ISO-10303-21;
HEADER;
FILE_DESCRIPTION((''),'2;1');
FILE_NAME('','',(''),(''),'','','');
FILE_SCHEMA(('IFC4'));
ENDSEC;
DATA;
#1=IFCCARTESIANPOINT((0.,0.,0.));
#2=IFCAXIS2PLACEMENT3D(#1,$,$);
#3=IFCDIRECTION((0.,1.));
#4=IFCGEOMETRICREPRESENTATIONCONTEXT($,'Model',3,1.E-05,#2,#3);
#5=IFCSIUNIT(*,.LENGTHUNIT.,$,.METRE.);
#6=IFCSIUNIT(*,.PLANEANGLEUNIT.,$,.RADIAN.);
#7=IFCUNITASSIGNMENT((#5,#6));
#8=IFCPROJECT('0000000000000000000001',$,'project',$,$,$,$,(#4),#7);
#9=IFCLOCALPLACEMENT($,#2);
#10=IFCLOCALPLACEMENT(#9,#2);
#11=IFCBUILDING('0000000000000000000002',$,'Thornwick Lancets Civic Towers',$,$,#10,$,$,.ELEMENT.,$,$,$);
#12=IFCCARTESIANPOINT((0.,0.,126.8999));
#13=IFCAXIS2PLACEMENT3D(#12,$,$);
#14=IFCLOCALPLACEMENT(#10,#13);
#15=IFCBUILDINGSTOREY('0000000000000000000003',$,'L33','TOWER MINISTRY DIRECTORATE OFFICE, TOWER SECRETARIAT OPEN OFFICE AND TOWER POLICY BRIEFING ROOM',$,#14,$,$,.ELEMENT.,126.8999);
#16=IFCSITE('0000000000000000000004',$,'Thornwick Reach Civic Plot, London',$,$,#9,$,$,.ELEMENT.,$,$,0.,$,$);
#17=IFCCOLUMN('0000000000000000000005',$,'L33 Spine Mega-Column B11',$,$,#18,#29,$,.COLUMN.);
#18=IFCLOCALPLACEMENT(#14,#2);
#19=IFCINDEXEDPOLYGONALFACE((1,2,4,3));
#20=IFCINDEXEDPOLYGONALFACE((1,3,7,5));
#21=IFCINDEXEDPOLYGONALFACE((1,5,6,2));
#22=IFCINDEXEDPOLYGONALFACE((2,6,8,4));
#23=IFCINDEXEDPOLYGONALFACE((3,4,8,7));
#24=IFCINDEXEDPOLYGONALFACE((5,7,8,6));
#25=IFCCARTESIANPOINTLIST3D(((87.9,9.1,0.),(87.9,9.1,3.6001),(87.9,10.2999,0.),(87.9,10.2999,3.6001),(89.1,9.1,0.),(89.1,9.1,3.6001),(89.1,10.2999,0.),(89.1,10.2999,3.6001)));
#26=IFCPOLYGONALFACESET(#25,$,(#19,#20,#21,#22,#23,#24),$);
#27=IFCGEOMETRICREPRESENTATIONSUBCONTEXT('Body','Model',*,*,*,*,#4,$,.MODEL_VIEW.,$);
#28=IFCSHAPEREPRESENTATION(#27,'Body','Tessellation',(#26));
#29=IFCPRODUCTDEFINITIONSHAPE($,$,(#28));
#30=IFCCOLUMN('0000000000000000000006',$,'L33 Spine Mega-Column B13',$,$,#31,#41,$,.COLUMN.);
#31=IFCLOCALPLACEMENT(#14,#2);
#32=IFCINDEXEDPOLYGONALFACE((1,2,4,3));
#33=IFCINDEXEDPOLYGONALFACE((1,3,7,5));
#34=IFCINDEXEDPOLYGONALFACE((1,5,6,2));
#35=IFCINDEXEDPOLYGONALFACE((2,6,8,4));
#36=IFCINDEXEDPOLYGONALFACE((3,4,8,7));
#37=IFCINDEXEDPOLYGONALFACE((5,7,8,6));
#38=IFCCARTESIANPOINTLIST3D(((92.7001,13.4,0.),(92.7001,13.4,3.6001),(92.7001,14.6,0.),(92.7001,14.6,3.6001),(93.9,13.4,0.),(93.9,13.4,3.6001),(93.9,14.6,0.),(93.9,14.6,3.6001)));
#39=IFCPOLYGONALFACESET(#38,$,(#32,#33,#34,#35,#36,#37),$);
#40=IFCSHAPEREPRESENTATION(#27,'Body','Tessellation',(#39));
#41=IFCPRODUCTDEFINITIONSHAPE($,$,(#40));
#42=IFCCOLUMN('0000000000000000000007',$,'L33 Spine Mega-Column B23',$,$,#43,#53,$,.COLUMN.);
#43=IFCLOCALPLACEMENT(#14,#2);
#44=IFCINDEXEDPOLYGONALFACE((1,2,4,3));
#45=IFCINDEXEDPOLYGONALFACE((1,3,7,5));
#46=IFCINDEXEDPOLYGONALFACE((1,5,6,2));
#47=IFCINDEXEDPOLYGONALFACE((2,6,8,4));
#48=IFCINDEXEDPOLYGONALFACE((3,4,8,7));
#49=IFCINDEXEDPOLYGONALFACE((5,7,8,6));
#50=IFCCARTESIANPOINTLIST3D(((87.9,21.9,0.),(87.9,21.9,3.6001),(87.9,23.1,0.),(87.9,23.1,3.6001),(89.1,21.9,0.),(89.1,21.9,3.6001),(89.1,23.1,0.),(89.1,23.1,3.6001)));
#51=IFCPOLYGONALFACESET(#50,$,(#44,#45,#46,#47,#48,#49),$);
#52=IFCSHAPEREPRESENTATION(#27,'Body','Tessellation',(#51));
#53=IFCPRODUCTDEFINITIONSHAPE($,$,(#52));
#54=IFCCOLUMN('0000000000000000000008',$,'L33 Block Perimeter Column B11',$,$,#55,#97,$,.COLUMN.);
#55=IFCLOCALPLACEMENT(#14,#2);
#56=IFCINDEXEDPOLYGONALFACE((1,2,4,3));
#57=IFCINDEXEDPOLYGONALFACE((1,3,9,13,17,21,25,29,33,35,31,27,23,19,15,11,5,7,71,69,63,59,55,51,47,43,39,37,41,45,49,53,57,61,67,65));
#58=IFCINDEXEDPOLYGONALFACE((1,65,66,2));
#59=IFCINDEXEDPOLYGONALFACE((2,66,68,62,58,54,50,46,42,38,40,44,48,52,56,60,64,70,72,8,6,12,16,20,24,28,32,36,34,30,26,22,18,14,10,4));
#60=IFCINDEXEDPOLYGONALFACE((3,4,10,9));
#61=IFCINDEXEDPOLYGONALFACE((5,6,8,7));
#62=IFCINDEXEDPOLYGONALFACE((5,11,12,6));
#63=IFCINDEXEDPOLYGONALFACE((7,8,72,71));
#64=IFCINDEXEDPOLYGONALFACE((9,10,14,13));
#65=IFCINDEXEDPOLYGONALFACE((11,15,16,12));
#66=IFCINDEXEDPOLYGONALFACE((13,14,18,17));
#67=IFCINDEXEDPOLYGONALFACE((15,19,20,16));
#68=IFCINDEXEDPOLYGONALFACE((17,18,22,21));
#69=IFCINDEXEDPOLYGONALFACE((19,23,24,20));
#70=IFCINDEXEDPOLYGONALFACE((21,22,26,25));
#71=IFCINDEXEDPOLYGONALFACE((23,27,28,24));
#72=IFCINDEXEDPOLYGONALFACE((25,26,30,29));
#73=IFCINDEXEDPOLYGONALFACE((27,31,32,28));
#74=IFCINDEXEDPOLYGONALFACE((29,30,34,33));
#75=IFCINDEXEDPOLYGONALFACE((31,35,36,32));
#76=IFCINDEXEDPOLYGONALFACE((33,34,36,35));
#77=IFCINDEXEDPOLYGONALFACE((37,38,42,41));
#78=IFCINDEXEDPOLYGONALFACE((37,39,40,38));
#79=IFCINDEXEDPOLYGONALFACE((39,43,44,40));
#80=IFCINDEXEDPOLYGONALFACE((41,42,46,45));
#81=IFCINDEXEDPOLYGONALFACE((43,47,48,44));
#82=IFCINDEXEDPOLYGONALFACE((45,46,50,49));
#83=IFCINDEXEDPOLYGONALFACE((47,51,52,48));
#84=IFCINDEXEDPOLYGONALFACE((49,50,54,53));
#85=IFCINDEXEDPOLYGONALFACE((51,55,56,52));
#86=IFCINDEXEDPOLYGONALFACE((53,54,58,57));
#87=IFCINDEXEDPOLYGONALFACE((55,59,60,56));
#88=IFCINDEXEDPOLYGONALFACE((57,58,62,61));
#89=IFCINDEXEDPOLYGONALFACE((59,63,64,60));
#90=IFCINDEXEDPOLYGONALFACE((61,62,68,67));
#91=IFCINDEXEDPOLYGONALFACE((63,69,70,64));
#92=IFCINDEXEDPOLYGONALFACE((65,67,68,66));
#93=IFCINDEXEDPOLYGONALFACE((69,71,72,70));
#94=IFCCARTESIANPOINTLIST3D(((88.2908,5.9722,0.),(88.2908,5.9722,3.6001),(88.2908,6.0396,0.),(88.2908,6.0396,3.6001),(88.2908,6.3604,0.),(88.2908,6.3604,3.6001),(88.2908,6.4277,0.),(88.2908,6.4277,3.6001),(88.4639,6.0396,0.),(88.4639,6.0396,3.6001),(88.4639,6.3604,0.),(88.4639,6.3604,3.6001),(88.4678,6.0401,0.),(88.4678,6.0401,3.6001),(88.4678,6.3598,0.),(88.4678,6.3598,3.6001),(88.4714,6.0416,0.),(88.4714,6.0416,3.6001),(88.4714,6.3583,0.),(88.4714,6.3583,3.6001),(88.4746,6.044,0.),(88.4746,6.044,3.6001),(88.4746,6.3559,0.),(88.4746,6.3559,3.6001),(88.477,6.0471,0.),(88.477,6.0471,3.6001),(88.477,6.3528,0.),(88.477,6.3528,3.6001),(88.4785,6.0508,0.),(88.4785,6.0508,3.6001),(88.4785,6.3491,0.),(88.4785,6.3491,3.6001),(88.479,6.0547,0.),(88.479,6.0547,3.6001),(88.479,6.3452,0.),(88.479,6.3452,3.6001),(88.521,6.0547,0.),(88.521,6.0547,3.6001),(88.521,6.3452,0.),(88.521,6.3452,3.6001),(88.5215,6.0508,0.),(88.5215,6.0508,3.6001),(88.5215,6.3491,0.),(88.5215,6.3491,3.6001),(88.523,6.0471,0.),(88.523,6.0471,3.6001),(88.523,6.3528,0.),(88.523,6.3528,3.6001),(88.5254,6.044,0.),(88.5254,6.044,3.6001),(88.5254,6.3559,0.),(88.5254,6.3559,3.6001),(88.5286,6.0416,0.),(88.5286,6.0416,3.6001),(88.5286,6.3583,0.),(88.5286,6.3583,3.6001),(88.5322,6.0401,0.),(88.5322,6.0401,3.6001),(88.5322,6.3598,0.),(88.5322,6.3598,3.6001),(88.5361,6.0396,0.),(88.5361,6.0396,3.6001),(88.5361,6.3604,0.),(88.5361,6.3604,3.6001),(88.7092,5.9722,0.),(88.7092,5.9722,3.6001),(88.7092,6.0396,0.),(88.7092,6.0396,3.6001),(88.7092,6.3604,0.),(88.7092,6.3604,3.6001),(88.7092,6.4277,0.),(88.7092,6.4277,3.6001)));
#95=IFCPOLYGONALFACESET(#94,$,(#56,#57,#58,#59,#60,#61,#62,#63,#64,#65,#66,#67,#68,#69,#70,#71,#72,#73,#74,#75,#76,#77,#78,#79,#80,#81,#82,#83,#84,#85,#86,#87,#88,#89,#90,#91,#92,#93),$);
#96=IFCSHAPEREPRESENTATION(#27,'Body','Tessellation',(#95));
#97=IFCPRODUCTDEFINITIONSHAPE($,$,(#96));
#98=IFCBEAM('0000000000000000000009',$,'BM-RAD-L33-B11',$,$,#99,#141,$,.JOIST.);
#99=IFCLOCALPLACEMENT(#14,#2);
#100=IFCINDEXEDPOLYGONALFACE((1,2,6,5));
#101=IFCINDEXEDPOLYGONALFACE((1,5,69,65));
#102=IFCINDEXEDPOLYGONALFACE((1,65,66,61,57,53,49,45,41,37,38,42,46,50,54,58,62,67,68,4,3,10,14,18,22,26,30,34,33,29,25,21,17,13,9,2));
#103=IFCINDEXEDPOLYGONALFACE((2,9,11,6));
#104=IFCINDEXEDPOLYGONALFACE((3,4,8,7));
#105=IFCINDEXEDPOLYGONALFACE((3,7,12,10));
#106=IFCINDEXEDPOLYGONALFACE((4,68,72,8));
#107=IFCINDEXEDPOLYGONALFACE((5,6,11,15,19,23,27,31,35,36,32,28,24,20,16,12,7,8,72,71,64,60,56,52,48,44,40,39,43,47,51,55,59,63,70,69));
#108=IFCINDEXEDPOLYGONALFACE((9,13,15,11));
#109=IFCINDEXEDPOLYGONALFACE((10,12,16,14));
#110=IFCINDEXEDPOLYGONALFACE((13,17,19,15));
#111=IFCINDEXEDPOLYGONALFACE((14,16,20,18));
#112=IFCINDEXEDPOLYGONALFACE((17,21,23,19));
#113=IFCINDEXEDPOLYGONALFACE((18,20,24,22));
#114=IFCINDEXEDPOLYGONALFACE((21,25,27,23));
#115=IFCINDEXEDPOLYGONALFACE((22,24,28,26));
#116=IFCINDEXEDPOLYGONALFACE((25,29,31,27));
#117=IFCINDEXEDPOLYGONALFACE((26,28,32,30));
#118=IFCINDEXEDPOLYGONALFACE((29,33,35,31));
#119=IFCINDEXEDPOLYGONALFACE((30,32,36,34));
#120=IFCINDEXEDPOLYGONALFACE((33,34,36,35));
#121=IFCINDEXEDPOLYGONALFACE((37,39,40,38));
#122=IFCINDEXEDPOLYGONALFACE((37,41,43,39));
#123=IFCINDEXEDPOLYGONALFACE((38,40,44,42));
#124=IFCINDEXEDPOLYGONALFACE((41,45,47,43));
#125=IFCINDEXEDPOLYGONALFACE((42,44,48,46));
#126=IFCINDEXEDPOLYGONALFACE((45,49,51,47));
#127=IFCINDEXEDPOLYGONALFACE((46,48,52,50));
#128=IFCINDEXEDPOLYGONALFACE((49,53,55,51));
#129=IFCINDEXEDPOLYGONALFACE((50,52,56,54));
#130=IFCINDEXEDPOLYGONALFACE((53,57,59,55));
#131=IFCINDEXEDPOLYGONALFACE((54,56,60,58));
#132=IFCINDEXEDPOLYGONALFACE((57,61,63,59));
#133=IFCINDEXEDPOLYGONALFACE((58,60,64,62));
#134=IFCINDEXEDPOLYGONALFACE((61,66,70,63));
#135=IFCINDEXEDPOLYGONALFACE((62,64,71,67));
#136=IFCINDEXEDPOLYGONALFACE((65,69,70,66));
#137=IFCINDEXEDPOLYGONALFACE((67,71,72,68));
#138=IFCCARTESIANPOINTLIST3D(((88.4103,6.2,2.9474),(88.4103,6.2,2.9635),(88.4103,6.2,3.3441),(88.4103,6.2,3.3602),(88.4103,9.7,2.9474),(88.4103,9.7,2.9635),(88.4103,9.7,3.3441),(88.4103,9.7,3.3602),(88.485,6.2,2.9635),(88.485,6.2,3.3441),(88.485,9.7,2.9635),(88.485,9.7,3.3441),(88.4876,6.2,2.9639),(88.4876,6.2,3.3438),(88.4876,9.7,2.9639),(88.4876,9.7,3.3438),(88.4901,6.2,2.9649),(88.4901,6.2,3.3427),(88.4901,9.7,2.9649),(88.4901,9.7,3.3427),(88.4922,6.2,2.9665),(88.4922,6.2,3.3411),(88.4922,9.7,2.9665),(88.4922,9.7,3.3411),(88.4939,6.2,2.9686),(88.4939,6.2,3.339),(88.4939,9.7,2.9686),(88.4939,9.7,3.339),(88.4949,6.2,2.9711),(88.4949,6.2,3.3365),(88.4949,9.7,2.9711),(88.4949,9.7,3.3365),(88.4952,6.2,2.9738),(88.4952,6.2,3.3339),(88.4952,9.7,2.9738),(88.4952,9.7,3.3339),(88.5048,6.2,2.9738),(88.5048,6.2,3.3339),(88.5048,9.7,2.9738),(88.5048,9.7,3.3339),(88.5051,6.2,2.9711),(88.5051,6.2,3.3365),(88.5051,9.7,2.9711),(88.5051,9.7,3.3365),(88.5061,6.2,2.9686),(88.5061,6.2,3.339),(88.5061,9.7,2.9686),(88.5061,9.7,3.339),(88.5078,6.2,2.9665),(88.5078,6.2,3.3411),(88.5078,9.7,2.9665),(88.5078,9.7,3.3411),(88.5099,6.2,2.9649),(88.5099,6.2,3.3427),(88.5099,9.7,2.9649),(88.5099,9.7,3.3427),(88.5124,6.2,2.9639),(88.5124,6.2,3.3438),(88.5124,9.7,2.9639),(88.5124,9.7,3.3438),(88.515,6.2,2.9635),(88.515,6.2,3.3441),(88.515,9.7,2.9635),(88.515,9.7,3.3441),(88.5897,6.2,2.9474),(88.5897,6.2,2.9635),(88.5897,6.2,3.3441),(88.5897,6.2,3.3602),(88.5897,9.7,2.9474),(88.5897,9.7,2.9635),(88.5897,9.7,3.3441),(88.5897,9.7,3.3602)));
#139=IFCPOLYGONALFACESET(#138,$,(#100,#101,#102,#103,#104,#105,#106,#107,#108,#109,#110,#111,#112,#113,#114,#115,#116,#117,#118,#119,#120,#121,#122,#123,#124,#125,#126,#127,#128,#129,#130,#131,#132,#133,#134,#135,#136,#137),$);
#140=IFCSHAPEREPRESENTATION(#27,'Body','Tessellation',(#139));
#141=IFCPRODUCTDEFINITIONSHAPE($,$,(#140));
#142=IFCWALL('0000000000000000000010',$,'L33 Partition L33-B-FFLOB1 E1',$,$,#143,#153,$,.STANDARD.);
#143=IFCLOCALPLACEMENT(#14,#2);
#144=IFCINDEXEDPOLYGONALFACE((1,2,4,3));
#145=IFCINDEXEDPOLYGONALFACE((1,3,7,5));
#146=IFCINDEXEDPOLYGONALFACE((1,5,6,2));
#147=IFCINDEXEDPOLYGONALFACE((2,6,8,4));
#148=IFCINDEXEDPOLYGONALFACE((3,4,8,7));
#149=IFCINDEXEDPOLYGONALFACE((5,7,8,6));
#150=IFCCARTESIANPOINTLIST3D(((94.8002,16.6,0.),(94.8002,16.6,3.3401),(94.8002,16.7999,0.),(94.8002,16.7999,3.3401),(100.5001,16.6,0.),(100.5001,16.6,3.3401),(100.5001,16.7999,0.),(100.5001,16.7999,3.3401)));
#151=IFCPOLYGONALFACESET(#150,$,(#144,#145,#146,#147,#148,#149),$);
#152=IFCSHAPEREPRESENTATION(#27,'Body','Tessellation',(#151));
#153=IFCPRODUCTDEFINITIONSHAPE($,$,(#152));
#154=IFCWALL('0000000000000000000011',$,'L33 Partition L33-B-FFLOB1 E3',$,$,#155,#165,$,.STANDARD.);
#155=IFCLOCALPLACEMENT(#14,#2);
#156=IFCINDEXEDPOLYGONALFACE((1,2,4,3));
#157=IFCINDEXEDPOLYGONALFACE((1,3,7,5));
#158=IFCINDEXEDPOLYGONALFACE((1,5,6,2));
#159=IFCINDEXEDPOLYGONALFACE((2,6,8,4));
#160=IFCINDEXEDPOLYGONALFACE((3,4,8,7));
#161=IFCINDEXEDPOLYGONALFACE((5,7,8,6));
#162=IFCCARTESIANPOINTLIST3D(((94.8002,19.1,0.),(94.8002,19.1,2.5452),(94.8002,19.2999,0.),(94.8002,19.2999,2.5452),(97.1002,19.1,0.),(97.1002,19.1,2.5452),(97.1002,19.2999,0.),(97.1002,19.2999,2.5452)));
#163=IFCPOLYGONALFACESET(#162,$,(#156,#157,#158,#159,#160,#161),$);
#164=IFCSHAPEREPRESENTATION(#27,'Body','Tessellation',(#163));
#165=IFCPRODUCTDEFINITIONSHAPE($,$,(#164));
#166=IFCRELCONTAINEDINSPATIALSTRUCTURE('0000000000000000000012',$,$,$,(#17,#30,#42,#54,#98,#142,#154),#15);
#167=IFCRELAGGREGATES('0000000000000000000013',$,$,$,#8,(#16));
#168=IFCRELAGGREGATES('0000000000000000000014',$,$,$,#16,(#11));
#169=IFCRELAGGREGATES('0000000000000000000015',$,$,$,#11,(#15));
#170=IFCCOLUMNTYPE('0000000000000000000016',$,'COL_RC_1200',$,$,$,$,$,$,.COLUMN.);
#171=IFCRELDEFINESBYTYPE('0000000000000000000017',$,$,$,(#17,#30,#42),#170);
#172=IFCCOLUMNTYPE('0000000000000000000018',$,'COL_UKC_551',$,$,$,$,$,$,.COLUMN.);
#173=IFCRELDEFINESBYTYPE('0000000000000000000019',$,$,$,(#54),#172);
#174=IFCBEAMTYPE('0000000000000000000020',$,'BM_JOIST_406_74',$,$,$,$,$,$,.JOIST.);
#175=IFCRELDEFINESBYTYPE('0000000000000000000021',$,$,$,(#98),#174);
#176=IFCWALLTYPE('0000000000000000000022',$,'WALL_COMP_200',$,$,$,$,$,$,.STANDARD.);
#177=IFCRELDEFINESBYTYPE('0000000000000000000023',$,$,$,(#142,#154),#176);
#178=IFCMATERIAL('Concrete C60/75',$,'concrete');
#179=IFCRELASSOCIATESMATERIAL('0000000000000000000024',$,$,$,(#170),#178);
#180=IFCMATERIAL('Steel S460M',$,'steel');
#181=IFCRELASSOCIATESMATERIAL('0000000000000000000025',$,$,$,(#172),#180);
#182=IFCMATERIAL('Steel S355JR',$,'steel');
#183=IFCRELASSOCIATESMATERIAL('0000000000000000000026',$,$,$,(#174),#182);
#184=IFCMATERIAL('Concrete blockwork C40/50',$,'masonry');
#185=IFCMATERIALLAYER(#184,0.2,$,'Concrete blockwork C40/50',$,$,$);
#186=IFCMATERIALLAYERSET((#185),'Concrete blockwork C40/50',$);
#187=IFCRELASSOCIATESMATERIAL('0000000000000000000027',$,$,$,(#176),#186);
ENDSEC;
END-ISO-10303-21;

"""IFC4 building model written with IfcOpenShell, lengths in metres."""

from ifc_helpers import new_model, si_unit, direction, frame, frame_2d, origin, origin_2d, place, context, subcontext, project, spatial, rectangle, i_section, extrude, material, layer, layer_set, material_profile, profile_set, type_object, element, save


model = new_model("IFC4")

# Units and contexts
model_context = context("Model", 3, precision=1e-05, world=origin(), true_north=direction((0.0, 1.0)))
body_context = subcontext(model_context, "Body", "Model", "MODEL_VIEW")
ifc_project = project(units=[si_unit("LENGTHUNIT", "METRE"), si_unit("PLANEANGLEUNIT", "RADIAN")], contexts=[model_context])

# Site, building, storey
site_placement = place(None, origin())
site = spatial("IfcSite", under=ifc_project, at=site_placement, Name="Thornwick Reach Civic Plot, London", CompositionType="ELEMENT", RefElevation=0.0)
building_placement = place(site_placement, origin())
building = spatial("IfcBuilding", under=site, at=building_placement, Name="Thornwick Lancets Civic Towers", CompositionType="ELEMENT")
storey_placement = place(building_placement, frame((0.0, 0.0, 126.8999)))
storey = spatial("IfcBuildingStorey", under=building, at=storey_placement, Name="L33", Description="TOWER MINISTRY DIRECTORATE OFFICE, TOWER SECRETARIAT OPEN OFFICE AND TOWER POLICY BRIEFING ROOM", CompositionType="ELEMENT", Elevation=126.8999)

# Columns
ifc_material_1 = material(Name="Concrete C60/75", Category="concrete")
ifc_material_profile_1 = material_profile(ifc_material_1, rectangle(XDim=1.2, YDim=1.2, at=origin_2d()), Name="RC 1200x1200")
ifc_profile_set_1 = profile_set([ifc_material_profile_1], Name="Concrete C60/75")
column_type_1 = type_object("IfcColumnType", Name="COL_RC_1200", PredefinedType="COLUMN", material=ifc_profile_set_1)
for number, where, z_axis, x_axis, name in (
    (1, (88.5, 9.7, 0.0), (0.0, 0.0, 1.0), (1.0, 0.0, 0.0), "L33 Spine Mega-Column B11"),
    (2, (93.3, 14.0, 0.0), (0.0, 0.0, 1.0), (1.0, 0.0, 0.0), "L33 Spine Mega-Column B13"),
    (3, (88.5, 22.5, 0.0), (0.0, 0.0, 1.0), (1.0, 0.0, 0.0), "L33 Spine Mega-Column B23"),
):
    element("IfcColumn", number, at=place(storey_placement, frame(where, z_axis=z_axis, x_axis=x_axis)), inside=storey, type_object=column_type_1, Name=name, PredefinedType="COLUMN", context=body_context, shape_type="SweptSolid", body=[
        extrude(rectangle(XDim=1.2, YDim=1.2, at=origin_2d()), origin(), (0.0, 0.0, 1.0), 3.6001),
    ])
ifc_material_2 = material(Name="Steel S460M", Category="steel")
ifc_material_profile_2 = material_profile(ifc_material_2, i_section(OverallWidth=0.4185, OverallDepth=0.4556, WebThickness=0.042, FlangeThickness=0.0674, FilletRadius=0.0151, at=origin_2d()), Name="UKC 356x406x551")
ifc_profile_set_2 = profile_set([ifc_material_profile_2], Name="Steel S460M")
column_type_2 = type_object("IfcColumnType", Name="COL_UKC_551", PredefinedType="COLUMN", material=ifc_profile_set_2)
column_placement = place(storey_placement, frame((88.5, 6.2, 0.0), z_axis=(0.0, 0.0, 1.0), x_axis=(1.0, 0.0, 0.0)))
element("IfcColumn", 4, at=column_placement, inside=storey, type_object=column_type_2, Name="L33 Block Perimeter Column B11", PredefinedType="COLUMN", context=body_context, shape_type="SweptSolid", body=[
    extrude(i_section(OverallWidth=0.4185, OverallDepth=0.4556, WebThickness=0.042, FlangeThickness=0.0674, FilletRadius=0.0151, at=origin_2d()), origin(), (0.0, 0.0, 1.0), 3.6001),
])

# Beam
ifc_material_3 = material(Name="Steel S355JR", Category="steel")
ifc_material_profile_3 = material_profile(ifc_material_3, i_section(OverallWidth=0.1794, OverallDepth=0.4128, WebThickness=0.0095, FlangeThickness=0.0161, FilletRadius=0.0103, at=origin_2d()), Name="UKB 406x178x74")
ifc_profile_set_3 = profile_set([ifc_material_profile_3], Name="Steel S355JR")
beam_type = type_object("IfcBeamType", Name="BM_JOIST_406_74", PredefinedType="JOIST", material=ifc_profile_set_3)
beam_placement = place(storey_placement, frame((88.5, 9.7, 3.1538), z_axis=(0.0, -1.0, 0.0), x_axis=(1.0, 0.0, 0.0)))
element("IfcBeam", 5, at=beam_placement, inside=storey, type_object=beam_type, Name="BM-RAD-L33-B11", PredefinedType="JOIST", context=body_context, shape_type="SweptSolid", body=[
    extrude(i_section(OverallWidth=0.1794, OverallDepth=0.4128, WebThickness=0.0095, FlangeThickness=0.0161, FilletRadius=0.0103, at=origin_2d()), origin(), (0.0, 0.0, 1.0), 3.5),
])

# Walls
ifc_material_4 = material(Name="Concrete blockwork C40/50", Category="masonry")
ifc_layer_1 = layer(ifc_material_4, 0.2, Name="Concrete blockwork C40/50")
ifc_layer_set_1 = layer_set([ifc_layer_1], Name="Concrete blockwork C40/50")
wall_type_1 = type_object("IfcWallType", Name="WALL_COMP_200", PredefinedType="STANDARD", material=ifc_layer_set_1)
wall_1_placement = place(storey_placement, frame((94.8, 16.7, 0.0), z_axis=(0.0, 0.0, 1.0), x_axis=(1.0, 0.0, 0.0)))
element("IfcWall", 6, at=wall_1_placement, inside=storey, type_object=wall_type_1, Name="L33 Partition L33-B-FFLOB1 E1", PredefinedType="STANDARD", context=body_context, shape_type="SweptSolid", body=[
    extrude(rectangle(XDim=5.7, YDim=0.2, at=frame_2d((2.8501, 0.0))), origin(), (0.0, 0.0, 1.0), 3.3401),
])
wall_2_placement = place(storey_placement, frame((97.1001, 19.2, 0.0), z_axis=(0.0, 0.0, 1.0), x_axis=(-1.0, 0.0, 0.0)))
element("IfcWall", 7, at=wall_2_placement, inside=storey, type_object=wall_type_1, Name="L33 Partition L33-B-FFLOB1 E3", PredefinedType="STANDARD", context=body_context, shape_type="SweptSolid", body=[
    extrude(rectangle(XDim=2.3, YDim=0.2, at=frame_2d((1.1499, 0.0))), origin(), (0.0, 0.0, 1.0), 2.5452),
])

save(model, "model.ifc")
